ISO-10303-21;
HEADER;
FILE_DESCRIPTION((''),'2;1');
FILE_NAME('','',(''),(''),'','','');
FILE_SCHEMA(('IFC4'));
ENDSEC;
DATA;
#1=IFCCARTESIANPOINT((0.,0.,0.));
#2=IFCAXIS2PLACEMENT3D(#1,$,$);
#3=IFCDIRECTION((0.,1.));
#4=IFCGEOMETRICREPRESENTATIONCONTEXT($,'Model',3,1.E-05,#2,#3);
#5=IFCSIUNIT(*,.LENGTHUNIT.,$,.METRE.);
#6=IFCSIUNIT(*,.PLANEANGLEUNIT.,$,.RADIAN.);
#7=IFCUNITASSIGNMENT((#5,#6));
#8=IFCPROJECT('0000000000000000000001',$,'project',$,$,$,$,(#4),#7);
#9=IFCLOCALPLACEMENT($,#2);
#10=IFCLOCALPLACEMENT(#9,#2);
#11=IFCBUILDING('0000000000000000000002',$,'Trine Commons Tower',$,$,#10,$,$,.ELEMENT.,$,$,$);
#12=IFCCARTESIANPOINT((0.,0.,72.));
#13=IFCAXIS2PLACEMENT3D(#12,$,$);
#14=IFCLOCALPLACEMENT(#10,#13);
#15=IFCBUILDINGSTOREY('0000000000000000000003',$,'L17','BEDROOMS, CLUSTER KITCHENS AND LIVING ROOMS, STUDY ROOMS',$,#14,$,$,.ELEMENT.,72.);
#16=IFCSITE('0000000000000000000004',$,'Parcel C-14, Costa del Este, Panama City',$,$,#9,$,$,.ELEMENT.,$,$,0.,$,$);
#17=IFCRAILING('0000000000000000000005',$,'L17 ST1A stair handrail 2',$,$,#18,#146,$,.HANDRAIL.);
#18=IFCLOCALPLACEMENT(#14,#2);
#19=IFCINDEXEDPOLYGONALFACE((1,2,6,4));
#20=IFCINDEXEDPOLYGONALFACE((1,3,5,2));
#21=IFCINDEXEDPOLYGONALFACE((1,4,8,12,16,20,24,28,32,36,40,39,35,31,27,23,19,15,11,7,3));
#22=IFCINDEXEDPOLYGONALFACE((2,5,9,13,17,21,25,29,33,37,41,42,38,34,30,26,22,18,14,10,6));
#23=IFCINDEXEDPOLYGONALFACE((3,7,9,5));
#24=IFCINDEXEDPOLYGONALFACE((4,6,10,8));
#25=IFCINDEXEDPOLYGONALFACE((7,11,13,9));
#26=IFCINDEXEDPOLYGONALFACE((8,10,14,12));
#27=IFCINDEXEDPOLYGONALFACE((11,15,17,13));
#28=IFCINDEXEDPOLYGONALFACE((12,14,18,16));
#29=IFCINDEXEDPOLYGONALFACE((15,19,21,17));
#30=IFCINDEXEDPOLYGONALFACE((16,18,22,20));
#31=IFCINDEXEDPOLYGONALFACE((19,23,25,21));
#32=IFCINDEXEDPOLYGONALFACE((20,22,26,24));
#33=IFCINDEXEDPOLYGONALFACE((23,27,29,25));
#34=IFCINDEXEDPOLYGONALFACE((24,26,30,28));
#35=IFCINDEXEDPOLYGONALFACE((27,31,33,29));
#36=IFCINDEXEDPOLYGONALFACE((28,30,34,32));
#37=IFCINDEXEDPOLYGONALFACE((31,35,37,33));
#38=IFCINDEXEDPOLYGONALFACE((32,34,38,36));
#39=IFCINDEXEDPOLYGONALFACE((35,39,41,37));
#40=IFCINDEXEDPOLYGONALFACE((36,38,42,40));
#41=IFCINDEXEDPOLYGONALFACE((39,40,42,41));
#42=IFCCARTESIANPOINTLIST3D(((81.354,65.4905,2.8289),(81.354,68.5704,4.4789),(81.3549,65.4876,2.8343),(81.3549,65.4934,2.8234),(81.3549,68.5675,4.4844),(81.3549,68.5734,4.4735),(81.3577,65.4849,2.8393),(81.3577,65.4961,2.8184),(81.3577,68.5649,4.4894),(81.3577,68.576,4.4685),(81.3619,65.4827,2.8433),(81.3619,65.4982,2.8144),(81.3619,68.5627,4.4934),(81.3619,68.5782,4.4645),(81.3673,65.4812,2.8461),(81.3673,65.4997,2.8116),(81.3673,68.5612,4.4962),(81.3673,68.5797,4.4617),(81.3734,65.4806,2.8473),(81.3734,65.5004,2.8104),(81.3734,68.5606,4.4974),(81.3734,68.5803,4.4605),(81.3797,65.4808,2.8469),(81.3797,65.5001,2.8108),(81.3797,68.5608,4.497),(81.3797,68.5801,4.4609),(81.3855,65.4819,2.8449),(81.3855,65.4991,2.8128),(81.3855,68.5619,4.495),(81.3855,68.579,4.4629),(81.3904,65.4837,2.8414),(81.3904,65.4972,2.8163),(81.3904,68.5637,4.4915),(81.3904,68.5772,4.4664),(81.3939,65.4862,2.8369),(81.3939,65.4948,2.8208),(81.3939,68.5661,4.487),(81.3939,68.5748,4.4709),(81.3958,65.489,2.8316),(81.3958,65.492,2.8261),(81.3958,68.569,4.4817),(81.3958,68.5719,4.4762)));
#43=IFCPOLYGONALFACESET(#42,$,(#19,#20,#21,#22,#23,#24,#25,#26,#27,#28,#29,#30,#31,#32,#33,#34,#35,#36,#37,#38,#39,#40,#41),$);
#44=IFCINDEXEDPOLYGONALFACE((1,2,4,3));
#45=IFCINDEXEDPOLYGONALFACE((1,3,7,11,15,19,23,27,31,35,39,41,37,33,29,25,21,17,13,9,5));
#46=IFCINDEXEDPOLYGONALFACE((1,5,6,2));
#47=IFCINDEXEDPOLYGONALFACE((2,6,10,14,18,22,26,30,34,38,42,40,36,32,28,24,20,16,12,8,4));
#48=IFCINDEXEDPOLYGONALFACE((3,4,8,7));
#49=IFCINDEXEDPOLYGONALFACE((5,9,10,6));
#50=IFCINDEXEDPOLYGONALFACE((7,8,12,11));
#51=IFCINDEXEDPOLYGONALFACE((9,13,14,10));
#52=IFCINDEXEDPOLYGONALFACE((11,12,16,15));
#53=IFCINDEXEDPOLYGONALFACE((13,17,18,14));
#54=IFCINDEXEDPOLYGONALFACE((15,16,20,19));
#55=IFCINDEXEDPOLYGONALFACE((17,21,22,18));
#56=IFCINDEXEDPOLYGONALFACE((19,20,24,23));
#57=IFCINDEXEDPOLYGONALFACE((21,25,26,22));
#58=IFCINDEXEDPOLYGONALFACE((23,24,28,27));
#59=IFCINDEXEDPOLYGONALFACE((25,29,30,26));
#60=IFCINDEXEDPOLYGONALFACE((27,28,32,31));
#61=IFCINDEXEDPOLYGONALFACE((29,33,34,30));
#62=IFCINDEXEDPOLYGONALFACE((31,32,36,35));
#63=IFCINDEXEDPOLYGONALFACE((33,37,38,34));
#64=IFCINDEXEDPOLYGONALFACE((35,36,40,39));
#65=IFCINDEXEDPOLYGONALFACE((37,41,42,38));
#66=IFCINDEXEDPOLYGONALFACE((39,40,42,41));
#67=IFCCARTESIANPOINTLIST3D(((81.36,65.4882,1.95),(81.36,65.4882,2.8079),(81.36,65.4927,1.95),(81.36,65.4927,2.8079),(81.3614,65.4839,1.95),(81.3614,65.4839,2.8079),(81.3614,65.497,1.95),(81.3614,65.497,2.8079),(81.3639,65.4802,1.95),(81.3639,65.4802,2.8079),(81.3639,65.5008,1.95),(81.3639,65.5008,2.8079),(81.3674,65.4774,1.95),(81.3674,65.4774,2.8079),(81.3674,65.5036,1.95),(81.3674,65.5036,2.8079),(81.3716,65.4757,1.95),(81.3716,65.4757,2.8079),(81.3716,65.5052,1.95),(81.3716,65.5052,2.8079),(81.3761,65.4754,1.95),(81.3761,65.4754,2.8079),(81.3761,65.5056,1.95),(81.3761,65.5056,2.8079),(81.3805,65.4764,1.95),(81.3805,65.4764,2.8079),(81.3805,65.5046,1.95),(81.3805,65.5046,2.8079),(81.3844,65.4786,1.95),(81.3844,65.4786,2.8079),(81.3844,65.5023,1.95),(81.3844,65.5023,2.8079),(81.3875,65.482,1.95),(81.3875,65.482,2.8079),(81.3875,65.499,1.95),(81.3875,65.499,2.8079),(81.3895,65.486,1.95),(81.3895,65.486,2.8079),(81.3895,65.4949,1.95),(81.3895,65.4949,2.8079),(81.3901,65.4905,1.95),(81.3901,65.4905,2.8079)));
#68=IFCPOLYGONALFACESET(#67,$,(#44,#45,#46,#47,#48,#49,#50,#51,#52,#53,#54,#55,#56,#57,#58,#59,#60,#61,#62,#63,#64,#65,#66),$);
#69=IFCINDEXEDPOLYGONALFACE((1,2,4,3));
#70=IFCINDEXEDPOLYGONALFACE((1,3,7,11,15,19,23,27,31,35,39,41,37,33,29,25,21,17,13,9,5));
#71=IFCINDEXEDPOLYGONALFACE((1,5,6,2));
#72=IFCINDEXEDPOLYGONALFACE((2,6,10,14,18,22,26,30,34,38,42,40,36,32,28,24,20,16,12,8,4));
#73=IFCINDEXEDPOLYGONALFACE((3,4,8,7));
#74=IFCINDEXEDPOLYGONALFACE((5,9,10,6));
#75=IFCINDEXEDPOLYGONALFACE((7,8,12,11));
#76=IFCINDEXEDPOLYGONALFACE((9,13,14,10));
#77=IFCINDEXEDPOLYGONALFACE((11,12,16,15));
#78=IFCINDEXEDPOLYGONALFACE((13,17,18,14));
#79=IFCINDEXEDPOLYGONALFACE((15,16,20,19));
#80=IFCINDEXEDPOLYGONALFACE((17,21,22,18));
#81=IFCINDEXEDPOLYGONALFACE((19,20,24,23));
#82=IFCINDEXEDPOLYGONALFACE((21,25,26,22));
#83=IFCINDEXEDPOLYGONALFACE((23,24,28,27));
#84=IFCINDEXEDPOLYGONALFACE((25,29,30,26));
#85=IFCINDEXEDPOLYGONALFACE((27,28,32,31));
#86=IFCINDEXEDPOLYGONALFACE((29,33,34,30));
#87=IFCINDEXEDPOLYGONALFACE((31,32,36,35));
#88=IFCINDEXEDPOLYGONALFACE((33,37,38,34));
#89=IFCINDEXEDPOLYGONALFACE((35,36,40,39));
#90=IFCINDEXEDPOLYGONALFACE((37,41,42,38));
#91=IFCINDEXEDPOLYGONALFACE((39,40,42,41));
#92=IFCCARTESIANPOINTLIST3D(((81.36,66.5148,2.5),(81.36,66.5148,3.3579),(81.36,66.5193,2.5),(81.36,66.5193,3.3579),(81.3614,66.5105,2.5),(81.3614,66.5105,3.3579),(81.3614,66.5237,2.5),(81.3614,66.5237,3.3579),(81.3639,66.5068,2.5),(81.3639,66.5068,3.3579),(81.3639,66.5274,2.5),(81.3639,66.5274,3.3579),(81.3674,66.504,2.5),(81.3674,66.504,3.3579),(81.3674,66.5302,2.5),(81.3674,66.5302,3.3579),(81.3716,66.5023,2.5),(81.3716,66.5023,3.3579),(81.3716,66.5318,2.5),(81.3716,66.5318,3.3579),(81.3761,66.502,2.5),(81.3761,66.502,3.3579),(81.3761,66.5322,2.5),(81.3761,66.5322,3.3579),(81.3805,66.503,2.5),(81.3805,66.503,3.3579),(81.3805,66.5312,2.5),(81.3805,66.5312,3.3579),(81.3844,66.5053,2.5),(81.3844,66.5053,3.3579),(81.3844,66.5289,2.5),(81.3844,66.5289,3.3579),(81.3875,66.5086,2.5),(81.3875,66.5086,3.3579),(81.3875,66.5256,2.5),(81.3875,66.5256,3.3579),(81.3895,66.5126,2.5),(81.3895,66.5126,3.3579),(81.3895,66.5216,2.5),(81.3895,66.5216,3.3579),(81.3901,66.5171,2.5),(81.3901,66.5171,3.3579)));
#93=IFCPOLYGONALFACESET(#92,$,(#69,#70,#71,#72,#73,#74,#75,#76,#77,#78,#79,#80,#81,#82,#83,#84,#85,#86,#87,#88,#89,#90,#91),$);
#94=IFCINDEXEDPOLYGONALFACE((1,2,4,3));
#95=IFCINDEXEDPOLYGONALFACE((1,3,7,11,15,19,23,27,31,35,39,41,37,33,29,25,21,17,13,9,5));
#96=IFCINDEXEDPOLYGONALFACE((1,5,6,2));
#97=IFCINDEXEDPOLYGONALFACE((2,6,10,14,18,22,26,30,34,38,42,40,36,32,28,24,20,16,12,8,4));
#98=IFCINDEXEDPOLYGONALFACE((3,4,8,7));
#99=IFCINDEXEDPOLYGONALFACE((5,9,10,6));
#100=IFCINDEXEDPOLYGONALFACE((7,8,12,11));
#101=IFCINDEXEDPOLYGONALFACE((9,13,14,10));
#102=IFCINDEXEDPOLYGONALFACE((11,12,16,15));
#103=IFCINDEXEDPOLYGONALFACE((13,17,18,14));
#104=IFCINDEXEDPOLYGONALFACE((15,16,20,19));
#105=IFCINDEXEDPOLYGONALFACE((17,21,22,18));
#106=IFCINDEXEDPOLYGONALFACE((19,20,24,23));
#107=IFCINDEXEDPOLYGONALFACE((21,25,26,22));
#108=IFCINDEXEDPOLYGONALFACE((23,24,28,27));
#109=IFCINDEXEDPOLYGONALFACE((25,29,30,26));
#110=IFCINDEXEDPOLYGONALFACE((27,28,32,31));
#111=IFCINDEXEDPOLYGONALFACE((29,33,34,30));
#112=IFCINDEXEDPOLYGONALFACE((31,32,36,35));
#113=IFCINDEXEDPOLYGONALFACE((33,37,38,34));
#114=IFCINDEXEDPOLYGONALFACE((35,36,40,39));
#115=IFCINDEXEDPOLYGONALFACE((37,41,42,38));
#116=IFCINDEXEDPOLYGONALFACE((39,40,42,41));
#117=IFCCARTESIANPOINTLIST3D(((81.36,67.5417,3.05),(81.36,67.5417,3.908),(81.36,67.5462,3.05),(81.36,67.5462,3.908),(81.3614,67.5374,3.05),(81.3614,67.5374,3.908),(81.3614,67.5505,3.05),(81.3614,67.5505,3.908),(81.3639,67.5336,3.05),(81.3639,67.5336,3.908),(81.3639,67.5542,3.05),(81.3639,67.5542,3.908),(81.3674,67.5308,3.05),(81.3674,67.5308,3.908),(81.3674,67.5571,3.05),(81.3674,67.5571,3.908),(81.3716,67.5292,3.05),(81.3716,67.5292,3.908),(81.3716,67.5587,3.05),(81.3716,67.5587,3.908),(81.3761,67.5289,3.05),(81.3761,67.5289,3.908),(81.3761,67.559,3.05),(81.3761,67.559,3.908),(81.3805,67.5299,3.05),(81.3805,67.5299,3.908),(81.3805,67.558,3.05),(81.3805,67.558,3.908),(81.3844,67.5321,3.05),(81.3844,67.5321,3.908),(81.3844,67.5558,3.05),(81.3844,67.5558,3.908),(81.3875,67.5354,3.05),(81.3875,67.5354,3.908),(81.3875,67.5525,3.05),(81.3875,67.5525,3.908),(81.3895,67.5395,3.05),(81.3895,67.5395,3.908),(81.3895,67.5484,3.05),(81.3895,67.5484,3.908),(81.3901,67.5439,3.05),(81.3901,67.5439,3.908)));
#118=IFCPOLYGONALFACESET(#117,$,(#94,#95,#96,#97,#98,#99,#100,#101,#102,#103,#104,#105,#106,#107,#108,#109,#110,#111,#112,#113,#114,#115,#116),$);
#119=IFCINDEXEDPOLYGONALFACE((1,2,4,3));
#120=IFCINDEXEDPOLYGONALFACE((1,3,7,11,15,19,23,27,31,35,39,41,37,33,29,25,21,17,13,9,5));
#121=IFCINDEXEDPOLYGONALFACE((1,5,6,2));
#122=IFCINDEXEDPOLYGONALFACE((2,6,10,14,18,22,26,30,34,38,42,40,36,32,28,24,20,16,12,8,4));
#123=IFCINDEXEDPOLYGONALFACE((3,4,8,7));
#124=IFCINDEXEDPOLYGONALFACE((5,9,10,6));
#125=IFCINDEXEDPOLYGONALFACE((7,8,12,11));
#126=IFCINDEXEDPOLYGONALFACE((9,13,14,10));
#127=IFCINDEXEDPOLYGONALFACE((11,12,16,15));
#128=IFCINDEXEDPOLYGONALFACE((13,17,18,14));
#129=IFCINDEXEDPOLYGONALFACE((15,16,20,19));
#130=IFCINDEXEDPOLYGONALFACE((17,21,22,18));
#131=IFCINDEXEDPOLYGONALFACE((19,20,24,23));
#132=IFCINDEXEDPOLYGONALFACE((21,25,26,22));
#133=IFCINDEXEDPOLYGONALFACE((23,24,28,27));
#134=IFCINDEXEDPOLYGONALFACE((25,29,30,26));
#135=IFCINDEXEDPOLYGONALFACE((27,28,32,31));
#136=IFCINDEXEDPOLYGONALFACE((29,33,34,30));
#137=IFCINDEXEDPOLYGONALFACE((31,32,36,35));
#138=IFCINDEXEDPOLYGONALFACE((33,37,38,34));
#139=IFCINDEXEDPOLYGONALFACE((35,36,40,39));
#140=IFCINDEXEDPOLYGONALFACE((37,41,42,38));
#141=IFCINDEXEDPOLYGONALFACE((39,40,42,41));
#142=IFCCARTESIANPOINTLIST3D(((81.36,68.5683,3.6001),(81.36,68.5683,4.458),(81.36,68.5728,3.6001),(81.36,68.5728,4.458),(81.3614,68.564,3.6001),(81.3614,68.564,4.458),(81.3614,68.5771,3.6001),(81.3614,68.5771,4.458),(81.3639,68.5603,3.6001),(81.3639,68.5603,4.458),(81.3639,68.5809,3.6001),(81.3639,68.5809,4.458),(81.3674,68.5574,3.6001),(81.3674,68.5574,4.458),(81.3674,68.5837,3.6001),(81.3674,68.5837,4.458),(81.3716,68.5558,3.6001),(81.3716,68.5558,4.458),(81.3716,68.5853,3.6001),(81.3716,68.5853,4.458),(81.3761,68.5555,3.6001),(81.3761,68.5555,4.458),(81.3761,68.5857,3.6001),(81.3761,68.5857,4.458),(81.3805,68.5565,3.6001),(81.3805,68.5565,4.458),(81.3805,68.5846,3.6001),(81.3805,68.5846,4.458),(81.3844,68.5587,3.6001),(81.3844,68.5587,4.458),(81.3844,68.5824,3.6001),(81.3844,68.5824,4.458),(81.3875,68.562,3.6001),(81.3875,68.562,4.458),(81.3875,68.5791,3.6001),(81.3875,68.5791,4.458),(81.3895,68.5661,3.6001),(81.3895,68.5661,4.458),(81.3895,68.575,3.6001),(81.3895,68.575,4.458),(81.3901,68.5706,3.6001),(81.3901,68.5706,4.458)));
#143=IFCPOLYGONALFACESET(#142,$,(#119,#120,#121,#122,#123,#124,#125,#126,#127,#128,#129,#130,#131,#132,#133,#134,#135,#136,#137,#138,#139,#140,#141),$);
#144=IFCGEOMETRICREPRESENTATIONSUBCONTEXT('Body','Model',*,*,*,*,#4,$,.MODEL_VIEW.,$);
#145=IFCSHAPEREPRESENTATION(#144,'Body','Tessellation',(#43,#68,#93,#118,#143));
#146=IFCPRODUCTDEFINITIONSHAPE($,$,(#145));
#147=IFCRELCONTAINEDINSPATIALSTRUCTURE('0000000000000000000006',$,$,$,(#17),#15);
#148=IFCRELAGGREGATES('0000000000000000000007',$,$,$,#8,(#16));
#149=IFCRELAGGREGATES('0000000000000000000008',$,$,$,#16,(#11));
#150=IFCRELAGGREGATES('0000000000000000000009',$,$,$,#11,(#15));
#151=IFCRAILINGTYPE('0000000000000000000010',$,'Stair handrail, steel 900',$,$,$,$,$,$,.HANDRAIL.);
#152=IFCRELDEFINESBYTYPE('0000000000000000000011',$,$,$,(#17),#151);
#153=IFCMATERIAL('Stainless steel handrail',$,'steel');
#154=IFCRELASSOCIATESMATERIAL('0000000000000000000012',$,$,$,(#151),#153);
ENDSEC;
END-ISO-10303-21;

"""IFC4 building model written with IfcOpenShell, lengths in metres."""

from ifc_helpers import new_model, si_unit, direction, frame, origin, origin_2d, place, context, subcontext, project, spatial, circle, extrude, material, type_object, element, save


model = new_model("IFC4")

# Units and contexts
model_context = context("Model", 3, precision=1e-05, world=origin(), true_north=direction((0.0, 1.0)))
body_context = subcontext(model_context, "Body", "Model", "MODEL_VIEW")
ifc_project = project(units=[si_unit("LENGTHUNIT", "METRE"), si_unit("PLANEANGLEUNIT", "RADIAN")], contexts=[model_context])

# Site, building, storey
site_placement = place(None, origin())
site = spatial("IfcSite", under=ifc_project, at=site_placement, Name="Parcel C-14, Costa del Este, Panama City", CompositionType="ELEMENT", RefElevation=0.0)
building_placement = place(site_placement, origin())
building = spatial("IfcBuilding", under=site, at=building_placement, Name="Trine Commons Tower", CompositionType="ELEMENT")
storey_placement = place(building_placement, frame((0.0, 0.0, 72.0)))
storey = spatial("IfcBuildingStorey", under=building, at=storey_placement, Name="L17", Description="BEDROOMS, CLUSTER KITCHENS AND LIVING ROOMS, STUDY ROOMS", CompositionType="ELEMENT", Elevation=72.0)

# Railing
ifc_material_1 = material(Name="Stainless steel handrail", Category="steel")
railing_type_1 = type_object("IfcRailingType", Name="Stair handrail, steel 900", PredefinedType="HANDRAIL", material=ifc_material_1)
railing_1_placement = place(storey_placement, frame((81.375, 65.4905, 1.95)))
element("IfcRailing", 1, at=railing_1_placement, inside=storey, type_object=railing_type_1, Name="L17 ST1A stair handrail 2", PredefinedType="HANDRAIL", context=body_context, shape_type="SweptSolid", body=[
    extrude(circle(Radius=0.021, at=origin_2d()), frame((0.0, 0.0, 0.8789), z_axis=(0.0, 0.881468, 0.472245), x_axis=(-1.0, 0.0, 0.0)), (0.0, 0.0, 1.0), 3.4941),
    extrude(circle(Radius=0.0151, at=origin_2d()), origin(), (0.0, 0.0, 1.0), 0.8579),
    extrude(circle(Radius=0.0151, at=origin_2d()), frame((0.0, 1.0266, 0.55)), (0.0, 0.0, 1.0), 0.8579),
    extrude(circle(Radius=0.0151, at=origin_2d()), frame((0.0, 2.0535, 1.1001)), (0.0, 0.0, 1.0), 0.8579),
    extrude(circle(Radius=0.0151, at=origin_2d()), frame((0.0, 3.0801, 1.6501)), (0.0, 0.0, 1.0), 0.8579),
])

save(model, "model.ifc")
